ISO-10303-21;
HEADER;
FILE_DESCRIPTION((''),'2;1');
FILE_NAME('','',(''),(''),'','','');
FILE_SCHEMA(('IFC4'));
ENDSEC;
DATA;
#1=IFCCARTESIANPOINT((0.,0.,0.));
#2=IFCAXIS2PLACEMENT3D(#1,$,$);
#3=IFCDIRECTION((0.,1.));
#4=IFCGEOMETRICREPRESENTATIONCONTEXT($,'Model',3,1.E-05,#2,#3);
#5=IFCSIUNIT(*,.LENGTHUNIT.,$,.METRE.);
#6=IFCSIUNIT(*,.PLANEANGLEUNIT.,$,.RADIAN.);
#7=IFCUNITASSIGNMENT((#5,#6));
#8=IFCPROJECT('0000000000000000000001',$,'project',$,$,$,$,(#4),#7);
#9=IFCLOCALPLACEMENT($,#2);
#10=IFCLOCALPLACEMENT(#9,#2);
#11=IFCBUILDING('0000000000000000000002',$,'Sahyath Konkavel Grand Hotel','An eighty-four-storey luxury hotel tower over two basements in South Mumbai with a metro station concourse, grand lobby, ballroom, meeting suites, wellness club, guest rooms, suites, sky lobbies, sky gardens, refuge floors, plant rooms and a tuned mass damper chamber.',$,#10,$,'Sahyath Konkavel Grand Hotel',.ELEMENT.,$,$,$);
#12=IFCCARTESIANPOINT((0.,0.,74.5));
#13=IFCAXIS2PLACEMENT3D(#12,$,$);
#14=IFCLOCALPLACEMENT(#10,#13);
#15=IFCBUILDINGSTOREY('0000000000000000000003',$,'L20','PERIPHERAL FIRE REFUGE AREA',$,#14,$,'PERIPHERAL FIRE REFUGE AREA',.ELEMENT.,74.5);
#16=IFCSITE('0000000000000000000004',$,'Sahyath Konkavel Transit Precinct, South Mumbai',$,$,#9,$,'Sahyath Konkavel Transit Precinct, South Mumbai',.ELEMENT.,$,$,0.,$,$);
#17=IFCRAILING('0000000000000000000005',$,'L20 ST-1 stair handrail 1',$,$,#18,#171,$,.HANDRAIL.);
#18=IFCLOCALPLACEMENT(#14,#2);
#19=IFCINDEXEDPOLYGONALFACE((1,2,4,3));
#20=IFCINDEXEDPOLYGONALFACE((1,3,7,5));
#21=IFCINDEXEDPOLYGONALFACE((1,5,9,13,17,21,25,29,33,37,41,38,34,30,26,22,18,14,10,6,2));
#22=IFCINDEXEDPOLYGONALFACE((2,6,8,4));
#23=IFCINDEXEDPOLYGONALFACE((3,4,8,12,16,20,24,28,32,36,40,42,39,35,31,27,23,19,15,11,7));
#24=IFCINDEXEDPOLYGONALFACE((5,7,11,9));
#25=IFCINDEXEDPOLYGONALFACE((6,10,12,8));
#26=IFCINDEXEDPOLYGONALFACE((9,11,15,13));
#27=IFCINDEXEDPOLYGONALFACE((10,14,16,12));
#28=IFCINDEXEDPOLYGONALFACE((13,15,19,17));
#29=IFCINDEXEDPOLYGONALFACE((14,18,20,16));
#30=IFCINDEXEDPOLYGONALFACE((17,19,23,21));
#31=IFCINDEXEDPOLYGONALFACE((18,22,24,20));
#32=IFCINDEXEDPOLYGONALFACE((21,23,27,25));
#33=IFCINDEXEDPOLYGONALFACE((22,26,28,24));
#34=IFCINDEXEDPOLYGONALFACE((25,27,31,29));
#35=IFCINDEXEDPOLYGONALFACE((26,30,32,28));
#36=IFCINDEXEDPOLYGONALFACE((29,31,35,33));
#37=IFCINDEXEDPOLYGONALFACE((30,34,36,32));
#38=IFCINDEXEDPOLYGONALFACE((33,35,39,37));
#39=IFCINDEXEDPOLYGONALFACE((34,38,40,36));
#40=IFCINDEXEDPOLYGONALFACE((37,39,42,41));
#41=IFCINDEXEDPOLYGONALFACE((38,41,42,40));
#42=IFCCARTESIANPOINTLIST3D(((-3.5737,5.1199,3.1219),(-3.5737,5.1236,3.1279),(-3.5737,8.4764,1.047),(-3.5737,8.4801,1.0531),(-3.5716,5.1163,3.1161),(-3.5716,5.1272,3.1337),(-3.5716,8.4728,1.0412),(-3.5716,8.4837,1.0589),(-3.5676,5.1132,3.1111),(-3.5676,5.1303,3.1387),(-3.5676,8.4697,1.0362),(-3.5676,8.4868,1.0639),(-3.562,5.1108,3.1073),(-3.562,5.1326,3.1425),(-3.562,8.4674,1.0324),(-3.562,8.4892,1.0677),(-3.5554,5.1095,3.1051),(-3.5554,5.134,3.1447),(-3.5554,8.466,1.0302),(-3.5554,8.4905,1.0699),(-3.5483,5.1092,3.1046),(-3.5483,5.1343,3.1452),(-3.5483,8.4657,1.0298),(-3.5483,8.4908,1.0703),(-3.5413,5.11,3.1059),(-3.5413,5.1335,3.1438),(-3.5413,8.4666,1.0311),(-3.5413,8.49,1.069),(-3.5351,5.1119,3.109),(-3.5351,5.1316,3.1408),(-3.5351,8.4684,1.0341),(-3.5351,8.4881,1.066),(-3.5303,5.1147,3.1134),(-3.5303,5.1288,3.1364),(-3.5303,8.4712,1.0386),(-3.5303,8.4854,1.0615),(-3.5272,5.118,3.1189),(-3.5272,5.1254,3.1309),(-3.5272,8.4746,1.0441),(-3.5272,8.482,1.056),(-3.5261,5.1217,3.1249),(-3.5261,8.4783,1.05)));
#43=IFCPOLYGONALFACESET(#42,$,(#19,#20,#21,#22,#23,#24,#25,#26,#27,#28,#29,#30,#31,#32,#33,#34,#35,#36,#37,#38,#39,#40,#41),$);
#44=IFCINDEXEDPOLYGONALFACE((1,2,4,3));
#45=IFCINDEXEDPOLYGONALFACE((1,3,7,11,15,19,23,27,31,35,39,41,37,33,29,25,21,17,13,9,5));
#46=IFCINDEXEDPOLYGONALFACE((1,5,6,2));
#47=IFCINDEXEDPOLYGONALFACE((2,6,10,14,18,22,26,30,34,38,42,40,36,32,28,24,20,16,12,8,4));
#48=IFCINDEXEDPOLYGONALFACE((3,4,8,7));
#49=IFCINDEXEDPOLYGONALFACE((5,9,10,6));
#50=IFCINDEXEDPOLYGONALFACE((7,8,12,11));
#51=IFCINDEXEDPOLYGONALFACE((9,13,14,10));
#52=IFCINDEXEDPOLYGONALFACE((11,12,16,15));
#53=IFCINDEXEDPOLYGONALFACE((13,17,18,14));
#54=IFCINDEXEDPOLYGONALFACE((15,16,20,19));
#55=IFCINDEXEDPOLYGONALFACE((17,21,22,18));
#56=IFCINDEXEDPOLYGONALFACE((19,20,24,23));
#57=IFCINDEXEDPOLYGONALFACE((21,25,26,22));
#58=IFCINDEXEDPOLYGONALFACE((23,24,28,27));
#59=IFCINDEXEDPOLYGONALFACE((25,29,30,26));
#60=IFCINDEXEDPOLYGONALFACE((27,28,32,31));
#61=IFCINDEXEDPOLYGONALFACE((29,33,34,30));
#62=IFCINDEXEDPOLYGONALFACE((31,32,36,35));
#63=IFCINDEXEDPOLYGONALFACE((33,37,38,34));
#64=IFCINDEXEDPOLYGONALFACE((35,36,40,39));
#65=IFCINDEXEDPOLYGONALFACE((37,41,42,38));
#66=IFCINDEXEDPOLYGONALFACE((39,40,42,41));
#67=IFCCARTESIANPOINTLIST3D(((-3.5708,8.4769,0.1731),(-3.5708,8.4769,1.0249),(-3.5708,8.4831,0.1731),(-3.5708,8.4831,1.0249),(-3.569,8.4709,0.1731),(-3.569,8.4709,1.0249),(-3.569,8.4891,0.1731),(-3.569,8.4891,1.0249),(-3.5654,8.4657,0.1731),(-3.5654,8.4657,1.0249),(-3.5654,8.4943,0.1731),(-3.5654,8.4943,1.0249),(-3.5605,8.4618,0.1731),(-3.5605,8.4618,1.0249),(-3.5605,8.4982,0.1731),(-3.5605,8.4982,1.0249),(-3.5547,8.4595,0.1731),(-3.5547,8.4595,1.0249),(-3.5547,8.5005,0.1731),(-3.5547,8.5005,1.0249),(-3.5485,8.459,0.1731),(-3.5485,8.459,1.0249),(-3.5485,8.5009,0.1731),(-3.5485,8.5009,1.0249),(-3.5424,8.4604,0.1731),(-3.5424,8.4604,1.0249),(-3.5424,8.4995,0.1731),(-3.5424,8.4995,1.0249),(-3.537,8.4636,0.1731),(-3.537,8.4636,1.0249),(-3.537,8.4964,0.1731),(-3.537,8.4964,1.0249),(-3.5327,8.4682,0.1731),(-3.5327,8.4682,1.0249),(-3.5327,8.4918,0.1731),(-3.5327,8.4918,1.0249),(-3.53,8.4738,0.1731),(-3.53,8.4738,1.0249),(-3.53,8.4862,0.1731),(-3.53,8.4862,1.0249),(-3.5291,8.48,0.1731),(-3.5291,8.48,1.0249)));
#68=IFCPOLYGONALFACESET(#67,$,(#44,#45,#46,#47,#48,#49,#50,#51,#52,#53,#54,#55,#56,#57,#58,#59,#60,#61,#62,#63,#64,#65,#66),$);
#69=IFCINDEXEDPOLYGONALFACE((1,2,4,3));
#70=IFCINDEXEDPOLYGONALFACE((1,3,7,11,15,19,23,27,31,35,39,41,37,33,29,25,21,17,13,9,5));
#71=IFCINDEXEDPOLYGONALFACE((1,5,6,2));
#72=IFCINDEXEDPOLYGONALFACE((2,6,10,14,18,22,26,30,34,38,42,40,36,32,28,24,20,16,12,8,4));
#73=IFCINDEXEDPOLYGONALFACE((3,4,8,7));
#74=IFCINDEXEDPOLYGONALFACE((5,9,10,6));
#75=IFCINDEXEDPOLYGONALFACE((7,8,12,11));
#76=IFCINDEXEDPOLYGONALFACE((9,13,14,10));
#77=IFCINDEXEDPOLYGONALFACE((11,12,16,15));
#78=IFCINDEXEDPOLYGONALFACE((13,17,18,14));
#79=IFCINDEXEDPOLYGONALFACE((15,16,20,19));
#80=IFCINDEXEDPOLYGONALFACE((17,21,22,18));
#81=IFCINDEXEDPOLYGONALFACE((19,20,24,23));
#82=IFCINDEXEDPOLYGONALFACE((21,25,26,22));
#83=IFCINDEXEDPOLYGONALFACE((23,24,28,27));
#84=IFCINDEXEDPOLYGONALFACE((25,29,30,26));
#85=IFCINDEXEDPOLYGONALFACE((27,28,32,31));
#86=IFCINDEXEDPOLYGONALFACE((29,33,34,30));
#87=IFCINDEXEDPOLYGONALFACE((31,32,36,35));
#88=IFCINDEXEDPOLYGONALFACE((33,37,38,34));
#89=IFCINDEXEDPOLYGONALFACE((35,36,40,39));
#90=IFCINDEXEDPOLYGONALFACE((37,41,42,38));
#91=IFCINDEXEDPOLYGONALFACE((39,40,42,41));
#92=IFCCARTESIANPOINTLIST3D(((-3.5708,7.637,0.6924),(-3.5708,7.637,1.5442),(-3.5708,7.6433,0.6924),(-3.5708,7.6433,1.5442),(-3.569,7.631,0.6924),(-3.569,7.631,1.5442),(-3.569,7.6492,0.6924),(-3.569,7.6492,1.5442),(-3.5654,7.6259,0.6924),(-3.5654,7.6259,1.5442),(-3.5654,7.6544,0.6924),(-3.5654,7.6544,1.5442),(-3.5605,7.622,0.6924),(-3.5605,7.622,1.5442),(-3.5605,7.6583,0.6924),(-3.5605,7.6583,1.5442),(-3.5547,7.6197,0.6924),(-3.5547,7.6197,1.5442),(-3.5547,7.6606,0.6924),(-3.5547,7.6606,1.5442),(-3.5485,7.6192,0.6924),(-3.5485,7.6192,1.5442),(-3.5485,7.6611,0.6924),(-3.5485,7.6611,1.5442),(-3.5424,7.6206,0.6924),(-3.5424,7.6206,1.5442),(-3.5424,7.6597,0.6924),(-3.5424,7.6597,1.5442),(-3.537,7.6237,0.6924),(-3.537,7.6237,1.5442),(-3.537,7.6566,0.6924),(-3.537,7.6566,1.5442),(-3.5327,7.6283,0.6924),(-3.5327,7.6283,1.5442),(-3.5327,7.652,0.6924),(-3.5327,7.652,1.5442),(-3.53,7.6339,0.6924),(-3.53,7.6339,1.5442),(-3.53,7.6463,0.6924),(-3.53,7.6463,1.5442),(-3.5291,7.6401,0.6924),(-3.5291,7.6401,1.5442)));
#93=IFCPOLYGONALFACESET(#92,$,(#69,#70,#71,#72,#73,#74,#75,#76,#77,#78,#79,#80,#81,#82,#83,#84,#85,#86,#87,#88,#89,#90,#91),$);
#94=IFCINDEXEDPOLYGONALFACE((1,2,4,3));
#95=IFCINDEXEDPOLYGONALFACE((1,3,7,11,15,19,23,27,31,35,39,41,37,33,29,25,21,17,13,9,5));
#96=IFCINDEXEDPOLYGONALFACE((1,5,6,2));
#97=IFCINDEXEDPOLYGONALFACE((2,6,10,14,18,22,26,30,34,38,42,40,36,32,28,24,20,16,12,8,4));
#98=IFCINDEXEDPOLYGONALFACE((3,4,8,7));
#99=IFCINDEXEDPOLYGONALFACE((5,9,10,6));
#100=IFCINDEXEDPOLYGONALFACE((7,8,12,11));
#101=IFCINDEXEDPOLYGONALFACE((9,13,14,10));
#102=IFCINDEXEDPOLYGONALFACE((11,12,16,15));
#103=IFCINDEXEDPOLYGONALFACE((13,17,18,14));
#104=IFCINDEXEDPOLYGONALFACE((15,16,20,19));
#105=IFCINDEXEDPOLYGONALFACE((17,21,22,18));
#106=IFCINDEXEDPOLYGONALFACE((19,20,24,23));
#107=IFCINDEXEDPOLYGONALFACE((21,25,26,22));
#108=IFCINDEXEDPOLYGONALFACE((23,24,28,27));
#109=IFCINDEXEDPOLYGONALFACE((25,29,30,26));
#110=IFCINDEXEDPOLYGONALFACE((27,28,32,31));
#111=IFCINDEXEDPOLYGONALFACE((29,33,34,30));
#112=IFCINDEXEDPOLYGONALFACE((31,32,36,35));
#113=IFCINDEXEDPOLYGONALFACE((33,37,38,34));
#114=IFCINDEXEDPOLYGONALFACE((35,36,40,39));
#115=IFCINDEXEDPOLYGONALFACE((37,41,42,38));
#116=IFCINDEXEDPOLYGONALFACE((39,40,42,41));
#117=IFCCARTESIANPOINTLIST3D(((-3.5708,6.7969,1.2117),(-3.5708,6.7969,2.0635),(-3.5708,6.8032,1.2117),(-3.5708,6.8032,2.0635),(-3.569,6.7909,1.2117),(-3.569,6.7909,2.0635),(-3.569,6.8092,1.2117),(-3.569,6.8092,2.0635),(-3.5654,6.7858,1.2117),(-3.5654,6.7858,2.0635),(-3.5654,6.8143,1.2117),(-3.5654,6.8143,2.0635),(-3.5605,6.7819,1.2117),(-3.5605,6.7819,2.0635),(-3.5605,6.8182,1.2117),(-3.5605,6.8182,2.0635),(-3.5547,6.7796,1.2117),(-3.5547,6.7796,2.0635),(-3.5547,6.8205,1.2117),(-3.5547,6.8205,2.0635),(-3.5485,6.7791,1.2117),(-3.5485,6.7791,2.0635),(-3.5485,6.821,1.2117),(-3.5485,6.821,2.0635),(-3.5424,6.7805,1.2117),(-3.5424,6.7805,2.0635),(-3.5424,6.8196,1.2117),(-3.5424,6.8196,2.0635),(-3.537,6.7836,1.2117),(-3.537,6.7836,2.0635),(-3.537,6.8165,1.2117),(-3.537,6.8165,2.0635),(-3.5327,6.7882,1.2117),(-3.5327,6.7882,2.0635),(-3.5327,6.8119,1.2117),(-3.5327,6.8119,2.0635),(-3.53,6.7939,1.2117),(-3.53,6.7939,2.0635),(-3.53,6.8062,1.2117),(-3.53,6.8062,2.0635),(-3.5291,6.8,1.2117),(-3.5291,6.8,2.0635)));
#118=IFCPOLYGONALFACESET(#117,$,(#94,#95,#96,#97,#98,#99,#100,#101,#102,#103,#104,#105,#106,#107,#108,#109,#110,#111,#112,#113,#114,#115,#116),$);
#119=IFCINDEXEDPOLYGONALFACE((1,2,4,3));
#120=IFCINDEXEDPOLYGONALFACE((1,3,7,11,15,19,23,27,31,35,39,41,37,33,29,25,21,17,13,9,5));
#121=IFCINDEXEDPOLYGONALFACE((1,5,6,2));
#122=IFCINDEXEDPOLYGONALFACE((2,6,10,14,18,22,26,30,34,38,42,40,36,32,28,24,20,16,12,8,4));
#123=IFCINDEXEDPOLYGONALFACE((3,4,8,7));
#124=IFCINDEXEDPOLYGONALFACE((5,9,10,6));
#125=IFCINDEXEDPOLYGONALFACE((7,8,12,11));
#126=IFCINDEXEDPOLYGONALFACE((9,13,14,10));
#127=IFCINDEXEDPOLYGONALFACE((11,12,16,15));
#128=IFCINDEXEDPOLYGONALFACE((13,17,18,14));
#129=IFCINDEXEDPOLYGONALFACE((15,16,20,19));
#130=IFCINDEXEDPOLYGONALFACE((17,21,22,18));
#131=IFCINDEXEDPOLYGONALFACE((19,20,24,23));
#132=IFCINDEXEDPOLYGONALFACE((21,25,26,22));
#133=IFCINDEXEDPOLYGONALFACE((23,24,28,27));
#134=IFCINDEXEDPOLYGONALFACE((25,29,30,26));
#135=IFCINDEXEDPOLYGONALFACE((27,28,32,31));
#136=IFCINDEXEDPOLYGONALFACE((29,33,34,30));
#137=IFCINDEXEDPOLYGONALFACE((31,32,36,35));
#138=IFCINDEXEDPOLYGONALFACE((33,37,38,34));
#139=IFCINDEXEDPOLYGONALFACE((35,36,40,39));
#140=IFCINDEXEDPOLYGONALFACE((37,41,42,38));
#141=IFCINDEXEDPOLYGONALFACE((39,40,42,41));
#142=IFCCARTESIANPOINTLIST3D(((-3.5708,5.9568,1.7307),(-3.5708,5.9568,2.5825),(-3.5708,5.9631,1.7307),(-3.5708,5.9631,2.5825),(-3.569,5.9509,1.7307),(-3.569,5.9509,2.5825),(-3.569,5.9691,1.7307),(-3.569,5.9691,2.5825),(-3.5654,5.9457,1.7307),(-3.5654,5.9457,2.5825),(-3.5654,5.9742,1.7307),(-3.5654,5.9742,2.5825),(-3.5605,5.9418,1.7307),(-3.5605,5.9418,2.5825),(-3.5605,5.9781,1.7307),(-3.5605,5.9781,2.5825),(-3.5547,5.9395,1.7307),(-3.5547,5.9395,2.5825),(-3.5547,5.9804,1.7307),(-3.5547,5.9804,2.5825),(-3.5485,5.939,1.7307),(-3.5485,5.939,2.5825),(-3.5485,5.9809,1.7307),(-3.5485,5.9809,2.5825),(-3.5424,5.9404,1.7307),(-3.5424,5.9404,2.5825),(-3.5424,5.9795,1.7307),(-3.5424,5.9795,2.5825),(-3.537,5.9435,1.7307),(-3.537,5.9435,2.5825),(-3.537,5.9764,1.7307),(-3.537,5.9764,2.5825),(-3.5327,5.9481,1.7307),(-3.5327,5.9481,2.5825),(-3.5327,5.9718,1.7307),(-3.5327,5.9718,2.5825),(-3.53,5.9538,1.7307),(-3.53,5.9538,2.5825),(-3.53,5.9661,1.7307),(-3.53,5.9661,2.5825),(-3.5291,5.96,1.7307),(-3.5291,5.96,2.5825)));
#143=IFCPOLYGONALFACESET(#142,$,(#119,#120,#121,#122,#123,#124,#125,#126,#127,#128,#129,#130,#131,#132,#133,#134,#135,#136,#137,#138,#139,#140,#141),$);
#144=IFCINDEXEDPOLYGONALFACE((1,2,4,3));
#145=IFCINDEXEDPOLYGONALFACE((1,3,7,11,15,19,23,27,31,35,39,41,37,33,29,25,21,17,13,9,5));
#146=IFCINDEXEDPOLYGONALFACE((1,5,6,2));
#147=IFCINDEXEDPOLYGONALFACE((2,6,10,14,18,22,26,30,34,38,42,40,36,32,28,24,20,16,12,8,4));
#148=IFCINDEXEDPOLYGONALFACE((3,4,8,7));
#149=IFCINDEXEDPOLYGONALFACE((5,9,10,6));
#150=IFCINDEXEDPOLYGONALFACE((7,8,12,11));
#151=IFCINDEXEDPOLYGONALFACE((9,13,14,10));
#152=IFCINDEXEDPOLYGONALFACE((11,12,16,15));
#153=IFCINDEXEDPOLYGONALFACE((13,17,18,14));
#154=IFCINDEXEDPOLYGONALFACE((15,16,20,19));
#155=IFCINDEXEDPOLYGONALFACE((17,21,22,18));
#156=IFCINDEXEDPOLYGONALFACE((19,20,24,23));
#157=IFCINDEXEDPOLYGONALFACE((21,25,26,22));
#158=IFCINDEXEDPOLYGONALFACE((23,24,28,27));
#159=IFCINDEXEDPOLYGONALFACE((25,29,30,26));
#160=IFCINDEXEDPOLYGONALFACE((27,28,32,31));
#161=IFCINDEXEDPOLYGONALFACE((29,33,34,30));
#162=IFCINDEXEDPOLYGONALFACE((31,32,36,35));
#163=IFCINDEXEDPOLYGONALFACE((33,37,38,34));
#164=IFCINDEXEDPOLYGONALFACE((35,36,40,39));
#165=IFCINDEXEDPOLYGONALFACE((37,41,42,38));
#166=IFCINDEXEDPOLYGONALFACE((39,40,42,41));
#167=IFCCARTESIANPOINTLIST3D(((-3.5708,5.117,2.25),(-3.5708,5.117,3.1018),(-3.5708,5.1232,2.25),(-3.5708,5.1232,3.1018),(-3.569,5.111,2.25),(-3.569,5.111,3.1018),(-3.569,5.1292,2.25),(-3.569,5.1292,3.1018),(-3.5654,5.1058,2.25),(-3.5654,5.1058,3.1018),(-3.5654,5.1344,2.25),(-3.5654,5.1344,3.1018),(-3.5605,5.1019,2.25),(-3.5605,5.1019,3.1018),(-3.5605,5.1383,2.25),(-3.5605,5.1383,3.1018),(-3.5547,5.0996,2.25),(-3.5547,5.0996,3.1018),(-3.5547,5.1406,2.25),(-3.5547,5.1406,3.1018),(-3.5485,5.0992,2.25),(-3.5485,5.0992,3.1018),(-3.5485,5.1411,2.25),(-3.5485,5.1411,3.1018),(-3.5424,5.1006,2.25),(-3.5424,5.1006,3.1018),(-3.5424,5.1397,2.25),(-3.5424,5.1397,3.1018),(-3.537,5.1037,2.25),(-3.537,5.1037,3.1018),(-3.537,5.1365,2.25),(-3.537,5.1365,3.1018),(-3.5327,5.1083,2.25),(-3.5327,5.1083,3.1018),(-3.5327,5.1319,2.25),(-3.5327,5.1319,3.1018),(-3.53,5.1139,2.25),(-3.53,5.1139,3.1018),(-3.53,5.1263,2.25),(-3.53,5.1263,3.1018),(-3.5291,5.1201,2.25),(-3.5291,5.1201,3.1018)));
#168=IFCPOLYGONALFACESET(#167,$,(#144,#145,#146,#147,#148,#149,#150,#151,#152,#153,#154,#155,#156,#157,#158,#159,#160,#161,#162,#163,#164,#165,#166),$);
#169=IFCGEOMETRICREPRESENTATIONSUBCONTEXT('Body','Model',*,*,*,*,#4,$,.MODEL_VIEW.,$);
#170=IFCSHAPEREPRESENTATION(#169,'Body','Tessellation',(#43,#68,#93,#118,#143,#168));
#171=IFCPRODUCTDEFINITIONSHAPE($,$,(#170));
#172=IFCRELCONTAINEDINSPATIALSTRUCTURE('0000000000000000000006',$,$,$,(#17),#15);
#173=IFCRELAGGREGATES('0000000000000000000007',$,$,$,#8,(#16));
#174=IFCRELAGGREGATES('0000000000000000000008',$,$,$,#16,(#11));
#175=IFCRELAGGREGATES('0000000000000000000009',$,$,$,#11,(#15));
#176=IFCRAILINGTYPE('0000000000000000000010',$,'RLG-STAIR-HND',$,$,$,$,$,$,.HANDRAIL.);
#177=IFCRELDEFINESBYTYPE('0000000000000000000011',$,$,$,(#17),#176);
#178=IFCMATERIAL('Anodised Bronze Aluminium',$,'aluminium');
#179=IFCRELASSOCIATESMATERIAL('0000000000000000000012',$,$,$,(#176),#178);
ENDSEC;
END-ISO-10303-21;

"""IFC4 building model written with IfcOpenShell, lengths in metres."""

from ifc_helpers import new_model, si_unit, direction, frame, origin, origin_2d, place, context, subcontext, project, spatial, circle, extrude, material, type_object, element, save


model = new_model("IFC4")

# Units and contexts
model_context = context("Model", 3, precision=1e-05, world=origin(), true_north=direction((0.0, 1.0)))
body_context = subcontext(model_context, "Body", "Model", "MODEL_VIEW")
ifc_project = project(units=[si_unit("LENGTHUNIT", "METRE"), si_unit("PLANEANGLEUNIT", "RADIAN")], contexts=[model_context])

# Site, building, storey
site_placement = place(None, origin())
site = spatial("IfcSite", under=ifc_project, at=site_placement, Name="Sahyath Konkavel Transit Precinct, South Mumbai", LongName="Sahyath Konkavel Transit Precinct, South Mumbai", CompositionType="ELEMENT", RefElevation=0.0)
building_placement = place(site_placement, origin())
building = spatial("IfcBuilding", under=site, at=building_placement, Name="Sahyath Konkavel Grand Hotel", Description="An eighty-four-storey luxury hotel tower over two basements in South Mumbai with a metro station concourse, grand lobby, ballroom, meeting suites, wellness club, guest rooms, suites, sky lobbies, sky gardens, refuge floors, plant rooms and a tuned mass damper chamber.", LongName="Sahyath Konkavel Grand Hotel", CompositionType="ELEMENT")
storey_placement = place(building_placement, frame((0.0, 0.0, 74.5)))
storey = spatial("IfcBuildingStorey", under=building, at=storey_placement, Name="L20", Description="PERIPHERAL FIRE REFUGE AREA", LongName="PERIPHERAL FIRE REFUGE AREA", CompositionType="ELEMENT", Elevation=74.5)

# Railing
ifc_material_1 = material(Name="Anodised Bronze Aluminium", Category="aluminium")
railing_type_1 = type_object("IfcRailingType", Name="RLG-STAIR-HND", PredefinedType="HANDRAIL", material=ifc_material_1)
railing_1_placement = place(storey_placement, frame((-3.55, 8.48, 0.1731)))
element("IfcRailing", 1, at=railing_1_placement, inside=storey, type_object=railing_type_1, Name="L20 ST-1 stair handrail 1", PredefinedType="HANDRAIL", context=body_context, shape_type="SweptSolid", body=[
    extrude(circle(Radius=0.0239, at=origin_2d()), frame((0.0, -0.0017, 0.877), z_axis=(0.0, -0.850606, 0.525803), x_axis=(1.0, 0.0, 0.0)), (0.0, 0.0, 1.0), 3.946),
    extrude(circle(Radius=0.021, at=origin_2d()), origin(), (0.0, 0.0, 1.0), 0.8518),
    extrude(circle(Radius=0.021, at=origin_2d()), frame((0.0, -0.8398, 0.5193)), (0.0, 0.0, 1.0), 0.8518),
    extrude(circle(Radius=0.021, at=origin_2d()), frame((0.0, -1.6799, 1.0386)), (0.0, 0.0, 1.0), 0.8518),
    extrude(circle(Radius=0.021, at=origin_2d()), frame((0.0, -2.52, 1.5576)), (0.0, 0.0, 1.0), 0.8518),
    extrude(circle(Radius=0.021, at=origin_2d()), frame((0.0, -3.3599, 2.0769)), (0.0, 0.0, 1.0), 0.8518),
])

save(model, "model.ifc")
